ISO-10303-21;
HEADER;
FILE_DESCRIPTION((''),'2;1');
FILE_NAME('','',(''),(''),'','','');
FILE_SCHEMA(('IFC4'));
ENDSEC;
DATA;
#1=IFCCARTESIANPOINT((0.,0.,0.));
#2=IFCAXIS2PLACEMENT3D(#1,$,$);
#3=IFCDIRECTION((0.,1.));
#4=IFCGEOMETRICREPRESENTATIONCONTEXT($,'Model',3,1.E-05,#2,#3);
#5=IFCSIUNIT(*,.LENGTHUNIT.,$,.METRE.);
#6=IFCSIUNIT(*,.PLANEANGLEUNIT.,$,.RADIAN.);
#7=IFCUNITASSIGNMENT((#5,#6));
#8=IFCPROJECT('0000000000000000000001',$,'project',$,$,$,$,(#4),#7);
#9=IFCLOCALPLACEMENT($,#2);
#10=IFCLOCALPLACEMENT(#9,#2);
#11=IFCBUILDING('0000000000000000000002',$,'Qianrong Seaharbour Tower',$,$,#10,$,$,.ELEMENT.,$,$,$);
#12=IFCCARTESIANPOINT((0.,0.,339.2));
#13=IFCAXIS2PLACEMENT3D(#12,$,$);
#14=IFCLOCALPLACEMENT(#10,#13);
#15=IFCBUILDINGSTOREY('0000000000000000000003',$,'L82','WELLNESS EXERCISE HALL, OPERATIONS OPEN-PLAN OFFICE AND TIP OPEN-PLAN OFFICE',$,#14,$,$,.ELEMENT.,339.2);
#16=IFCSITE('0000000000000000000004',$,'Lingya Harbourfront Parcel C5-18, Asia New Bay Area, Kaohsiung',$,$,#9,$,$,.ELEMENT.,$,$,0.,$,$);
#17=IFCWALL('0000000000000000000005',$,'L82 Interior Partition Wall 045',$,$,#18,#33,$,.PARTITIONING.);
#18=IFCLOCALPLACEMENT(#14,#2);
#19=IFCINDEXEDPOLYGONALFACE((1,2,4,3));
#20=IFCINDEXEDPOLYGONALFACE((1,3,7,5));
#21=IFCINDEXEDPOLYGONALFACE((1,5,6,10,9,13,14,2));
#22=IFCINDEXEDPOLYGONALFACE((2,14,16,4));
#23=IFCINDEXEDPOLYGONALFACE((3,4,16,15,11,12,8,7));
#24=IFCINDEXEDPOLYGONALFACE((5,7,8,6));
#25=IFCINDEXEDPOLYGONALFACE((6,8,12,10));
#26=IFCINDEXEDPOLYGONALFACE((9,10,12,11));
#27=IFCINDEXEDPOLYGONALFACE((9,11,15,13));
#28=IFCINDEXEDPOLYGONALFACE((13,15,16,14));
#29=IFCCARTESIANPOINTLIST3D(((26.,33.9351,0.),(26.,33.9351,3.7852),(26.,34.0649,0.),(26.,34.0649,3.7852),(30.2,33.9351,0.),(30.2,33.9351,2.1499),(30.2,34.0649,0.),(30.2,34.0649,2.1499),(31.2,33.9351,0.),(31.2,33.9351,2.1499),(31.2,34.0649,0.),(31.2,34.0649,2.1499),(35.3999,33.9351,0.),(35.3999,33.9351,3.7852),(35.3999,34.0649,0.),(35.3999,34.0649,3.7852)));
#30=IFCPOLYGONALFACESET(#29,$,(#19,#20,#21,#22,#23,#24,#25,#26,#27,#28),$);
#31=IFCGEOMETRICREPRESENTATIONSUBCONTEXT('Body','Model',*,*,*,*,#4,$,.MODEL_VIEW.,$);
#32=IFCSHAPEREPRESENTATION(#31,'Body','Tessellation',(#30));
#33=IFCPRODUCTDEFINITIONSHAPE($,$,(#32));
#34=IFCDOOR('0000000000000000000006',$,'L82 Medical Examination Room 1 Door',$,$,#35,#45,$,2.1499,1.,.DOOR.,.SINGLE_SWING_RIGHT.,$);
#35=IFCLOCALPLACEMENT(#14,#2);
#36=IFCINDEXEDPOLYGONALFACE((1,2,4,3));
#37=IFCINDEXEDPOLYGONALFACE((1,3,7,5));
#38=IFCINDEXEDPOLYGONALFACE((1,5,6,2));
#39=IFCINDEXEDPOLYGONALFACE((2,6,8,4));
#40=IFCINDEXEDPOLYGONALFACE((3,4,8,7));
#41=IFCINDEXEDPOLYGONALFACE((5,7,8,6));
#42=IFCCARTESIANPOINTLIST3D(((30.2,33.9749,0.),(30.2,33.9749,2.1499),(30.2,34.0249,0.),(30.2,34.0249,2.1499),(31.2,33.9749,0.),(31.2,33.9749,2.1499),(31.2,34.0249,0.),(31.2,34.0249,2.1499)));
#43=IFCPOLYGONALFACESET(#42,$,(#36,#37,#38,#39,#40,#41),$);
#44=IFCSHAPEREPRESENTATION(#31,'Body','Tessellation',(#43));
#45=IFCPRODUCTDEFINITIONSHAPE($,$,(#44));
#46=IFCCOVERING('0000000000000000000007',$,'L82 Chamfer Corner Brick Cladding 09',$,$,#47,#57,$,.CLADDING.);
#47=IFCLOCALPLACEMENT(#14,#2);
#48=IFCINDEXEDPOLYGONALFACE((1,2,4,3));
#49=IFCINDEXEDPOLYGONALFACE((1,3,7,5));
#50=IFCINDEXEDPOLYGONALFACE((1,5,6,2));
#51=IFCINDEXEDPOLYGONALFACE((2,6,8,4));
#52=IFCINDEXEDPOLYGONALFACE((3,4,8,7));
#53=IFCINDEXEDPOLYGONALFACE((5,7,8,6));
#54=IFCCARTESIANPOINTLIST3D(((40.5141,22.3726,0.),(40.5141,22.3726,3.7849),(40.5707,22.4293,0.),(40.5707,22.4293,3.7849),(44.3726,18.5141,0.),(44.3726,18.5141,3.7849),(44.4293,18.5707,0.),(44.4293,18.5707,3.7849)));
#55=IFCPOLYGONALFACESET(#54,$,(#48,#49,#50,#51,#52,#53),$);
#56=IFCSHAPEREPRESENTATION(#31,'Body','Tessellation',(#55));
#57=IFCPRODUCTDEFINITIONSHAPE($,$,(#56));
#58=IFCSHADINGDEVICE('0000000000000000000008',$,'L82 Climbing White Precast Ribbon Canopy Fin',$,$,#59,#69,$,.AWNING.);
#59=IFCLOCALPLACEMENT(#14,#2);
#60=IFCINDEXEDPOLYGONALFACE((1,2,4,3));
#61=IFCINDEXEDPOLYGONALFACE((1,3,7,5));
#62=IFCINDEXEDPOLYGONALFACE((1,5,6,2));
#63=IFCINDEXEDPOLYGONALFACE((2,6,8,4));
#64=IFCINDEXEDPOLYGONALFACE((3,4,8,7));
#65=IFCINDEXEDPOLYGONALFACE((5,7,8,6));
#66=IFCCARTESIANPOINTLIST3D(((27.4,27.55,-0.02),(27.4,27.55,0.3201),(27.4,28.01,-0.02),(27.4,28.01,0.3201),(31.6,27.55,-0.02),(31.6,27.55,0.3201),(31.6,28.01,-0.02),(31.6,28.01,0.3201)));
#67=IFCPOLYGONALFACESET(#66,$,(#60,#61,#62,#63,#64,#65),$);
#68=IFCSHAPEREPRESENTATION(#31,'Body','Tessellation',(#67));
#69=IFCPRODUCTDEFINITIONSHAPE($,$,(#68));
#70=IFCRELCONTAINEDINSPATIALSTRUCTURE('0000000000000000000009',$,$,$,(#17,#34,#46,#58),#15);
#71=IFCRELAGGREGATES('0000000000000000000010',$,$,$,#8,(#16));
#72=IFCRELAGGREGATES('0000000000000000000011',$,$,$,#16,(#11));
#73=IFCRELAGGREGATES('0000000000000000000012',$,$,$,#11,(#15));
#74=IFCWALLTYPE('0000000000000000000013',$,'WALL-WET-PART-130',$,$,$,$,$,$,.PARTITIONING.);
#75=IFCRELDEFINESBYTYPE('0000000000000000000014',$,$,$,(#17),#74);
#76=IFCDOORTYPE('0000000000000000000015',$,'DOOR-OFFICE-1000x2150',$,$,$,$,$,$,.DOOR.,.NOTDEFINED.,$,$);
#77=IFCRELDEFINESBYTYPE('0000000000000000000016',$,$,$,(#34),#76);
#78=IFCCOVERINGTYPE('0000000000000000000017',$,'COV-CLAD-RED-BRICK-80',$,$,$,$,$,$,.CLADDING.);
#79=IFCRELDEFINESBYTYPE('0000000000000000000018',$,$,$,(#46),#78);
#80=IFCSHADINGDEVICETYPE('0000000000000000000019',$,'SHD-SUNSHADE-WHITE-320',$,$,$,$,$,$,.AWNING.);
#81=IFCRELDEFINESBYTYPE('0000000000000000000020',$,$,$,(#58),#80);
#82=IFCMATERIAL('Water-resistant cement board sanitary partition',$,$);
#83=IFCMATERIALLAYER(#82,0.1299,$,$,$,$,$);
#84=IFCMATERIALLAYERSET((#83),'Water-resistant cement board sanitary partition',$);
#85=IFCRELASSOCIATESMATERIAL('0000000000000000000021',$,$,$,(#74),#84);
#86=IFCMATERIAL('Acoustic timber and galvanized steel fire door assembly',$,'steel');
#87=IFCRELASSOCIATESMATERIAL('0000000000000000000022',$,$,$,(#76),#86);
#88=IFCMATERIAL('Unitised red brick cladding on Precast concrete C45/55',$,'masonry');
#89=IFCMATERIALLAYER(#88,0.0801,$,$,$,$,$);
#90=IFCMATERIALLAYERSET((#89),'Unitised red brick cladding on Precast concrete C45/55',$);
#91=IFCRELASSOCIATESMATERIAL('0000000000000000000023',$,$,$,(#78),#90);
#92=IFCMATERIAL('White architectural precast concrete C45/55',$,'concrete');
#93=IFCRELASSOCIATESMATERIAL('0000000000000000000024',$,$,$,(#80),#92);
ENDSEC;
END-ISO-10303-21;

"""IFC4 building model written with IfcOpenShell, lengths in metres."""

from ifc_helpers import new_model, si_unit, direction, frame, frame_2d, origin, origin_2d, place, context, subcontext, project, spatial, rectangle, extrude, material, layer, layer_set, type_object, element, fill, save


model = new_model("IFC4")

# Units and contexts
model_context = context("Model", 3, precision=1e-05, world=origin(), true_north=direction((0.0, 1.0)))
body_context = subcontext(model_context, "Body", "Model", "MODEL_VIEW")
ifc_project = project(units=[si_unit("LENGTHUNIT", "METRE"), si_unit("PLANEANGLEUNIT", "RADIAN")], contexts=[model_context])

# Site, building, storey
site_placement = place(None, origin())
site = spatial("IfcSite", under=ifc_project, at=site_placement, Name="Lingya Harbourfront Parcel C5-18, Asia New Bay Area, Kaohsiung", CompositionType="ELEMENT", RefElevation=0.0)
building_placement = place(site_placement, origin())
building = spatial("IfcBuilding", under=site, at=building_placement, Name="Qianrong Seaharbour Tower", CompositionType="ELEMENT")
storey_placement = place(building_placement, frame((0.0, 0.0, 339.2)))
storey = spatial("IfcBuildingStorey", under=building, at=storey_placement, Name="L82", Description="WELLNESS EXERCISE HALL, OPERATIONS OPEN-PLAN OFFICE AND TIP OPEN-PLAN OFFICE", CompositionType="ELEMENT", Elevation=339.2)

# Wall, opening, door
ifc_material_1 = material(Name="Water-resistant cement board sanitary partition")
ifc_layer_1 = layer(ifc_material_1, 0.1299)
ifc_layer_set_1 = layer_set([ifc_layer_1], Name="Water-resistant cement board sanitary partition")
wall_type_1 = type_object("IfcWallType", Name="WALL-WET-PART-130", PredefinedType="PARTITIONING", material=ifc_layer_set_1)
ifc_material_2 = material(Name="Acoustic timber and galvanized steel fire door assembly", Category="steel")
door_type = type_object("IfcDoorType", Name="DOOR-OFFICE-1000x2150", OperationType="NOTDEFINED", PredefinedType="DOOR", material=ifc_material_2)
wall_1_placement = place(storey_placement, frame((26.0, 34.0, 0.0), z_axis=(0.0, 0.0, 1.0), x_axis=(1.0, 0.0, 0.0)))
wall_1 = element("IfcWall", 1, at=wall_1_placement, inside=storey, type_object=wall_type_1, Name="L82 Interior Partition Wall 045", PredefinedType="PARTITIONING", context=body_context, shape_type="SweptSolid", body=[
    extrude(rectangle(XDim=9.3999, YDim=0.1299, at=frame_2d((4.7, 0.0))), origin(), (0.0, 0.0, 1.0), 3.7852),
])
opening_1_placement = place(wall_1_placement, frame((4.2, 0.0, 0.0)))
opening_1 = element("IfcOpeningElement", 2, at=opening_1_placement, cuts=wall_1, PredefinedType="OPENING", context=body_context, shape_type="SweptSolid", body=[
    extrude(rectangle(XDim=1.0, YDim=2.1499, at=frame_2d((0.5, 1.075))), frame((0.0, 0.075, 0.0), z_axis=(0.0, -1.0, 0.0), x_axis=(1.0, 0.0, 0.0)), (0.0, 0.0, 1.0), 0.1499),
])
door_1_placement = place(opening_1_placement, origin())
door_1 = element("IfcDoor", 3, at=door_1_placement, inside=storey, type_object=door_type, Name="L82 Medical Examination Room 1 Door", OperationType="SINGLE_SWING_RIGHT", OverallHeight=2.1499, OverallWidth=1.0, PredefinedType="DOOR", context=body_context, shape_type="SweptSolid", body=[
    extrude(rectangle(XDim=1.0, YDim=2.1499, at=frame_2d((0.5, 1.075))), frame((0.0, 0.0249, 0.0), z_axis=(0.0, -1.0, 0.0), x_axis=(1.0, 0.0, 0.0)), (0.0, 0.0, 1.0), 0.05),
])
fill(opening_1, door_1)

# Covering
ifc_material_3 = material(Name="Unitised red brick cladding on Precast concrete C45/55", Category="masonry")
ifc_layer_2 = layer(ifc_material_3, 0.0801)
ifc_layer_set_2 = layer_set([ifc_layer_2], Name="Unitised red brick cladding on Precast concrete C45/55")
covering_type = type_object("IfcCoveringType", Name="COV-CLAD-RED-BRICK-80", PredefinedType="CLADDING", material=ifc_layer_set_2)
covering_placement = place(storey_placement, frame((42.4717, 20.4717, 0.0), z_axis=(0.0, 0.0, 1.0), x_axis=(-0.707107, 0.707107, 0.0)))
element("IfcCovering", 4, at=covering_placement, inside=storey, type_object=covering_type, Name="L82 Chamfer Corner Brick Cladding 09", PredefinedType="CLADDING", context=body_context, shape_type="SweptSolid", body=[
    extrude(rectangle(XDim=5.4568, YDim=0.0801, at=origin_2d()), origin(), (0.0, 0.0, 1.0), 3.7849),
])

# Shading device
ifc_material_4 = material(Name="White architectural precast concrete C45/55", Category="concrete")
shading_device_type = type_object("IfcShadingDeviceType", Name="SHD-SUNSHADE-WHITE-320", PredefinedType="AWNING", material=ifc_material_4)
shading_device_placement = place(storey_placement, frame((29.5, 27.78, -0.02), z_axis=(0.0, 0.0, 1.0), x_axis=(1.0, 0.0, 0.0)))
element("IfcShadingDevice", 5, at=shading_device_placement, inside=storey, type_object=shading_device_type, Name="L82 Climbing White Precast Ribbon Canopy Fin", PredefinedType="AWNING", context=body_context, shape_type="SweptSolid", body=[
    extrude(rectangle(XDim=4.2, YDim=0.46, at=origin_2d()), origin(), (0.0, 0.0, 1.0), 0.3401),
])

save(model, "model.ifc")
